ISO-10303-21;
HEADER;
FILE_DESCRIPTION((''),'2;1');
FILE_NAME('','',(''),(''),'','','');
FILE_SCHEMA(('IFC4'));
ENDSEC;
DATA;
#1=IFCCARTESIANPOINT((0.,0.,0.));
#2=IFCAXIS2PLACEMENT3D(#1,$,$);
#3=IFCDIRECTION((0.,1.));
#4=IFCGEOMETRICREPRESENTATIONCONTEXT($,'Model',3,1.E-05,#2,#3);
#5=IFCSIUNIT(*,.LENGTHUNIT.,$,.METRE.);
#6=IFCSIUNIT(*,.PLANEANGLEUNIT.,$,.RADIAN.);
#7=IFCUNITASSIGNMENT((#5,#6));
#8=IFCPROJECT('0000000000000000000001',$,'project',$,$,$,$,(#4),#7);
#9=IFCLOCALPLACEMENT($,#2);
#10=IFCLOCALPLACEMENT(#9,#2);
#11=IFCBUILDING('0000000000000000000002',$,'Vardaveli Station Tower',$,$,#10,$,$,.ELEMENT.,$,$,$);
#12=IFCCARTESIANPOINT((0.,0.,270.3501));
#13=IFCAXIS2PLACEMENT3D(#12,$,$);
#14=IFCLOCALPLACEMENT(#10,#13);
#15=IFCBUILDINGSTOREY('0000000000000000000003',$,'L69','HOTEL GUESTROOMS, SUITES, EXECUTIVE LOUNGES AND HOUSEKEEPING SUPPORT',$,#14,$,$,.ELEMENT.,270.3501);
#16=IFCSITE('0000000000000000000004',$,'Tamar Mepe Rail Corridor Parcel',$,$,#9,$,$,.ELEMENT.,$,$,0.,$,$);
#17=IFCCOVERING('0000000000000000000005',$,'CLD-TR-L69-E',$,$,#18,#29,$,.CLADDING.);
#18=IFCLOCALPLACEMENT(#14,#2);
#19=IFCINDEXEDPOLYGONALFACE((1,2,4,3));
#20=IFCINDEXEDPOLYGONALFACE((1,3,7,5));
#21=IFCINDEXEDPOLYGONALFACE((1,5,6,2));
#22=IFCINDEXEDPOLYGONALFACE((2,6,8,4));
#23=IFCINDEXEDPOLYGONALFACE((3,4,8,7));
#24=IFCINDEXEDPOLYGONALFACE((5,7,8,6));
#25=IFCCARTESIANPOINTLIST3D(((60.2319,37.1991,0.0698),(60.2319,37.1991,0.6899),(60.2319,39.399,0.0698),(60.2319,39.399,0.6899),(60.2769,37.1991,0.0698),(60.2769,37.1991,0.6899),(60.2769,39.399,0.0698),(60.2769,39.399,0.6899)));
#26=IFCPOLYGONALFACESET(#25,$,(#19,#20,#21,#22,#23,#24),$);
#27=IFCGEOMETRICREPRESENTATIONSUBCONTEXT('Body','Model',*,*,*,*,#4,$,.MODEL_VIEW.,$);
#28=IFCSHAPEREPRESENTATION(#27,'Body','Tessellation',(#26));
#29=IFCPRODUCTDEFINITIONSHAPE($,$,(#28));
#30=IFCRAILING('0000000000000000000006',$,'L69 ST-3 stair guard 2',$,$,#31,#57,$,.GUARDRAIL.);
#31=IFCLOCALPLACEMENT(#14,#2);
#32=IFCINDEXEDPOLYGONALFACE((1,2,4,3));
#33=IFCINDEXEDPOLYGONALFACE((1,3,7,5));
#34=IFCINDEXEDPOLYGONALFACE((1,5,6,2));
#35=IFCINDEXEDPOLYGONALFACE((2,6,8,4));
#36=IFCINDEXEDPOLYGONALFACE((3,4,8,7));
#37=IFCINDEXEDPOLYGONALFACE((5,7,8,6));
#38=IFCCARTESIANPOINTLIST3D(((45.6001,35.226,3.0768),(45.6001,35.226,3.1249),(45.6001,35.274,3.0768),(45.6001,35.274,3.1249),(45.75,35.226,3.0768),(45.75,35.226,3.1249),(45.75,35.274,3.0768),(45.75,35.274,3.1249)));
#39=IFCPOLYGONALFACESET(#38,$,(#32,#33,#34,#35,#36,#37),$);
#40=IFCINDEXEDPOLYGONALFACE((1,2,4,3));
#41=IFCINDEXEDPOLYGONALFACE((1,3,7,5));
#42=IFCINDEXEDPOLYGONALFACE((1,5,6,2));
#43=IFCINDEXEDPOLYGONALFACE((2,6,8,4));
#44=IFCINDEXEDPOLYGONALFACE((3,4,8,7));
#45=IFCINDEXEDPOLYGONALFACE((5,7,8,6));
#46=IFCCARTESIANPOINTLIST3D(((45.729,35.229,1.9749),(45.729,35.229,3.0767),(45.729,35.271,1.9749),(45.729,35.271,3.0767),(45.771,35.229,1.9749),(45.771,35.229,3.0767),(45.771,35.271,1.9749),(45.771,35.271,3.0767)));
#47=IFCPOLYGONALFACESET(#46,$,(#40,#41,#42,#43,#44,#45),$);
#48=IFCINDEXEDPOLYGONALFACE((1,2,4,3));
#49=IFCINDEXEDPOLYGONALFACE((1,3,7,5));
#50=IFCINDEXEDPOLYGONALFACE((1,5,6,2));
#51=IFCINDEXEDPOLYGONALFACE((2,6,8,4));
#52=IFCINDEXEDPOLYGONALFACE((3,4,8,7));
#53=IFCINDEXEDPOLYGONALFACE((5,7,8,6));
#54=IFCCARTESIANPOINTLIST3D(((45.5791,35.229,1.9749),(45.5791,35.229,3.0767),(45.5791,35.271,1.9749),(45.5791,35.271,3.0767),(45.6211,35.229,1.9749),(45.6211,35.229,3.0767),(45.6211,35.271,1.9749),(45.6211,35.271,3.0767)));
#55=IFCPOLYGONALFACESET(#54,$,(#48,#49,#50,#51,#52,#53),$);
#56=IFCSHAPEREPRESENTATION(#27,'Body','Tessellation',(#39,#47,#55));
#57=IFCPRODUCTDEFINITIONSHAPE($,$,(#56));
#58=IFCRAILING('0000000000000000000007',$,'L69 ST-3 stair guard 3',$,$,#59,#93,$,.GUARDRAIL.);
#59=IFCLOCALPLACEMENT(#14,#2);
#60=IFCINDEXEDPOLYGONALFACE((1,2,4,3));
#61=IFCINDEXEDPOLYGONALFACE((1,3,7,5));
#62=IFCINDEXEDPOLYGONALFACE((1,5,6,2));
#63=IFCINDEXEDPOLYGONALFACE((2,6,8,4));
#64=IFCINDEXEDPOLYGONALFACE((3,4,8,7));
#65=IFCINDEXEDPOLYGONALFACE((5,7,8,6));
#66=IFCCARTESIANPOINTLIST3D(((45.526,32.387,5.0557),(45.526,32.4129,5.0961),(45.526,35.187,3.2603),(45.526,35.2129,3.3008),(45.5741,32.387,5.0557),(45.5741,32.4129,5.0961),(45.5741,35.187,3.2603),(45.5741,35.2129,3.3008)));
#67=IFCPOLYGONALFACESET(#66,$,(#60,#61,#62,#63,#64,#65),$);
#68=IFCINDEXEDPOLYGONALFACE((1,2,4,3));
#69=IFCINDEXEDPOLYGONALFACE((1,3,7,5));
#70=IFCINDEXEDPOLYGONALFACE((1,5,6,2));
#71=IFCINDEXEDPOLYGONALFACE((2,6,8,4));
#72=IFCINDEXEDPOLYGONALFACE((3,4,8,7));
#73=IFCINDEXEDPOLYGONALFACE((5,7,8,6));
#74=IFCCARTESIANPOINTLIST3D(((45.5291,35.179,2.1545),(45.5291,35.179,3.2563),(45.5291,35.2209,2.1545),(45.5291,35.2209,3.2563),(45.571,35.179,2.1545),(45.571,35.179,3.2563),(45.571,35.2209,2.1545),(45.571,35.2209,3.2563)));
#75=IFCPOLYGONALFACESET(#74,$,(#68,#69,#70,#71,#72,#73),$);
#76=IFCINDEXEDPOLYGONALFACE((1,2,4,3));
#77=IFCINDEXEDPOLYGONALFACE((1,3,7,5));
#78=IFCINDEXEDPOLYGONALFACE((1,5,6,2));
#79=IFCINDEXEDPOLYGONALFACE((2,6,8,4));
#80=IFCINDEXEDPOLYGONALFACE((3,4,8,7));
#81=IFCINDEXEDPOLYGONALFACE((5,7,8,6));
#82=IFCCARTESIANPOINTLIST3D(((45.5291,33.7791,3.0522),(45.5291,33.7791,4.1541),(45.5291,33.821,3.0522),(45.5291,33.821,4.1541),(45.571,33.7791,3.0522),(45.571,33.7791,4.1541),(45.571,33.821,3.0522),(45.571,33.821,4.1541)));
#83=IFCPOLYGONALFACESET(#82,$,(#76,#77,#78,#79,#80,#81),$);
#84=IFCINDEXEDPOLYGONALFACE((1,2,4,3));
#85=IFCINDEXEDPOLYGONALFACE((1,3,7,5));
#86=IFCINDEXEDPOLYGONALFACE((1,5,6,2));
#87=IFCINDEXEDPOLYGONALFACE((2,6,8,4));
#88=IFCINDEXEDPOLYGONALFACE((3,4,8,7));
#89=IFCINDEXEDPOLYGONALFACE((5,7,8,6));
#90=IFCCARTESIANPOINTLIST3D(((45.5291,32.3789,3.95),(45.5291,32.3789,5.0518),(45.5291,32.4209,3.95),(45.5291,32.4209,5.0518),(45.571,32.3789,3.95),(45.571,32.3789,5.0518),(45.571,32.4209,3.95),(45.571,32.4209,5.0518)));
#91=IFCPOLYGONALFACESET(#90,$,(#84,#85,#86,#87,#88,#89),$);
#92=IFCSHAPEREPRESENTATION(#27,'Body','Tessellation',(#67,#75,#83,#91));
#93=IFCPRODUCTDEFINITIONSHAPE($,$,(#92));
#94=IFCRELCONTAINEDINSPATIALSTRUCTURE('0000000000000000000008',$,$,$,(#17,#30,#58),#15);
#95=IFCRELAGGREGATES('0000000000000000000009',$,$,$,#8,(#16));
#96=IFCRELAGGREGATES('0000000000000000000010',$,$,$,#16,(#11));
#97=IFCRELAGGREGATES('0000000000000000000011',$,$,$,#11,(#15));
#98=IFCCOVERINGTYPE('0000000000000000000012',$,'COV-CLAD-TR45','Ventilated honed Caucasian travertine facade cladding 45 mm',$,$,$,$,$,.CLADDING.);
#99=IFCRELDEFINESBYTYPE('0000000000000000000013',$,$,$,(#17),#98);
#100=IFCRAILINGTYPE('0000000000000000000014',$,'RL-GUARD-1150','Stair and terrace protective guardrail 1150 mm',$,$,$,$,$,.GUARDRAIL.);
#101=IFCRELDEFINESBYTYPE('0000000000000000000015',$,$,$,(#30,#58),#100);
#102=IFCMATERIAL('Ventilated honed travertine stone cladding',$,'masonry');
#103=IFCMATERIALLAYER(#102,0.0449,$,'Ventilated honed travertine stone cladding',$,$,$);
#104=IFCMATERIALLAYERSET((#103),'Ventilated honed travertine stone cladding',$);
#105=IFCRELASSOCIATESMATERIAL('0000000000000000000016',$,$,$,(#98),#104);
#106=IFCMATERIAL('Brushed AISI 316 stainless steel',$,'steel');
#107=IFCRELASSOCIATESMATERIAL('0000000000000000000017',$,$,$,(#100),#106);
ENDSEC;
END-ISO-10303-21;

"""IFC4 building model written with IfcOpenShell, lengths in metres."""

from ifc_helpers import new_model, si_unit, direction, frame, origin, origin_2d, place, context, subcontext, project, spatial, rectangle, extrude, source, transform, mapped, material, layer, layer_set, type_object, element, save


model = new_model("IFC4")

# Units and contexts
model_context = context("Model", 3, precision=1e-05, world=origin(), true_north=direction((0.0, 1.0)))
body_context = subcontext(model_context, "Body", "Model", "MODEL_VIEW")
ifc_project = project(units=[si_unit("LENGTHUNIT", "METRE"), si_unit("PLANEANGLEUNIT", "RADIAN")], contexts=[model_context])

# Site, building, storey
site_placement = place(None, origin())
site = spatial("IfcSite", under=ifc_project, at=site_placement, Name="Tamar Mepe Rail Corridor Parcel", CompositionType="ELEMENT", RefElevation=0.0)
building_placement = place(site_placement, origin())
building = spatial("IfcBuilding", under=site, at=building_placement, Name="Vardaveli Station Tower", CompositionType="ELEMENT")
storey_placement = place(building_placement, frame((0.0, 0.0, 270.3501)))
storey = spatial("IfcBuildingStorey", under=building, at=storey_placement, Name="L69", Description="HOTEL GUESTROOMS, SUITES, EXECUTIVE LOUNGES AND HOUSEKEEPING SUPPORT", CompositionType="ELEMENT", Elevation=270.3501)

# Covering
ifc_material_1 = material(Name="Ventilated honed travertine stone cladding", Category="masonry")
ifc_layer_1 = layer(ifc_material_1, 0.0449, Name="Ventilated honed travertine stone cladding")
ifc_layer_set_1 = layer_set([ifc_layer_1], Name="Ventilated honed travertine stone cladding")
covering_type = type_object("IfcCoveringType", Name="COV-CLAD-TR45", Description="Ventilated honed Caucasian travertine facade cladding 45 mm", PredefinedType="CLADDING", material=ifc_layer_set_1)
shared_shape_1 = source(origin(), body_context, "Body", "SweptSolid", [
    extrude(rectangle(XDim=2.2, YDim=0.0449, at=origin_2d()), origin(), (0.0, 0.0, 1.0), 0.6201),
])
covering_placement = place(storey_placement, frame((60.2544, 38.2991, 0.0698), z_axis=(0.0, 0.0, 1.0), x_axis=(0.0, 1.0, 0.0)))
element("IfcCovering", 1, at=covering_placement, inside=storey, type_object=covering_type, Name="CLD-TR-L69-E", PredefinedType="CLADDING", context=body_context, shape_type="MappedRepresentation", body=[
    mapped(shared_shape_1, transform((0.0, 0.0, 0.0), scale=1.0)),
])

# Railings
ifc_material_2 = material(Name="Brushed AISI 316 stainless steel", Category="steel")
railing_type = type_object("IfcRailingType", Name="RL-GUARD-1150", Description="Stair and terrace protective guardrail 1150 mm", PredefinedType="GUARDRAIL", material=ifc_material_2)
shared_shape_2 = source(origin(), body_context, "Body", "SweptSolid", [
    extrude(rectangle(XDim=0.0481, YDim=0.0481, at=origin_2d()), frame((0.0, 0.0, 1.126), z_axis=(-1.0, 0.0, 0.0), x_axis=(0.0, -1.0, 0.0)), (0.0, 0.0, 1.0), 0.1499),
    extrude(rectangle(XDim=0.042, YDim=0.042, at=origin_2d()), origin(), (0.0, 0.0, 1.0), 1.1018),
    extrude(rectangle(XDim=0.042, YDim=0.042, at=origin_2d()), frame((-0.1499, 0.0, 0.0)), (0.0, 0.0, 1.0), 1.1018),
])
railing_1_placement = place(storey_placement, frame((45.75, 35.25, 1.9749)))
element("IfcRailing", 2, at=railing_1_placement, inside=storey, type_object=railing_type, Name="L69 ST-3 stair guard 2", PredefinedType="GUARDRAIL", context=body_context, shape_type="MappedRepresentation", body=[
    mapped(shared_shape_2, transform((0.0, 0.0, 0.0), scale=1.0)),
])
shared_shape_3 = source(origin(), body_context, "Body", "SweptSolid", [
    extrude(rectangle(XDim=0.0481, YDim=0.0481, at=origin_2d()), frame((0.0, 0.0, 1.126), z_axis=(0.0, -0.84181, 0.539774), x_axis=(1.0, 0.0, 0.0)), (0.0, 0.0, 1.0), 3.3262),
    extrude(rectangle(XDim=0.042, YDim=0.042, at=origin_2d()), origin(), (0.0, 0.0, 1.0), 1.1018),
    extrude(rectangle(XDim=0.042, YDim=0.042, at=origin_2d()), frame((0.0, -1.3999, 0.8977)), (0.0, 0.0, 1.0), 1.1018),
    extrude(rectangle(XDim=0.042, YDim=0.042, at=origin_2d()), frame((0.0, -2.8, 1.7954)), (0.0, 0.0, 1.0), 1.1018),
])
railing_2_placement = place(storey_placement, frame((45.55, 35.2, 2.1545)))
element("IfcRailing", 3, at=railing_2_placement, inside=storey, type_object=railing_type, Name="L69 ST-3 stair guard 3", PredefinedType="GUARDRAIL", context=body_context, shape_type="MappedRepresentation", body=[
    mapped(shared_shape_3, transform((0.0, 0.0, 0.0), scale=1.0)),
])

save(model, "model.ifc")
